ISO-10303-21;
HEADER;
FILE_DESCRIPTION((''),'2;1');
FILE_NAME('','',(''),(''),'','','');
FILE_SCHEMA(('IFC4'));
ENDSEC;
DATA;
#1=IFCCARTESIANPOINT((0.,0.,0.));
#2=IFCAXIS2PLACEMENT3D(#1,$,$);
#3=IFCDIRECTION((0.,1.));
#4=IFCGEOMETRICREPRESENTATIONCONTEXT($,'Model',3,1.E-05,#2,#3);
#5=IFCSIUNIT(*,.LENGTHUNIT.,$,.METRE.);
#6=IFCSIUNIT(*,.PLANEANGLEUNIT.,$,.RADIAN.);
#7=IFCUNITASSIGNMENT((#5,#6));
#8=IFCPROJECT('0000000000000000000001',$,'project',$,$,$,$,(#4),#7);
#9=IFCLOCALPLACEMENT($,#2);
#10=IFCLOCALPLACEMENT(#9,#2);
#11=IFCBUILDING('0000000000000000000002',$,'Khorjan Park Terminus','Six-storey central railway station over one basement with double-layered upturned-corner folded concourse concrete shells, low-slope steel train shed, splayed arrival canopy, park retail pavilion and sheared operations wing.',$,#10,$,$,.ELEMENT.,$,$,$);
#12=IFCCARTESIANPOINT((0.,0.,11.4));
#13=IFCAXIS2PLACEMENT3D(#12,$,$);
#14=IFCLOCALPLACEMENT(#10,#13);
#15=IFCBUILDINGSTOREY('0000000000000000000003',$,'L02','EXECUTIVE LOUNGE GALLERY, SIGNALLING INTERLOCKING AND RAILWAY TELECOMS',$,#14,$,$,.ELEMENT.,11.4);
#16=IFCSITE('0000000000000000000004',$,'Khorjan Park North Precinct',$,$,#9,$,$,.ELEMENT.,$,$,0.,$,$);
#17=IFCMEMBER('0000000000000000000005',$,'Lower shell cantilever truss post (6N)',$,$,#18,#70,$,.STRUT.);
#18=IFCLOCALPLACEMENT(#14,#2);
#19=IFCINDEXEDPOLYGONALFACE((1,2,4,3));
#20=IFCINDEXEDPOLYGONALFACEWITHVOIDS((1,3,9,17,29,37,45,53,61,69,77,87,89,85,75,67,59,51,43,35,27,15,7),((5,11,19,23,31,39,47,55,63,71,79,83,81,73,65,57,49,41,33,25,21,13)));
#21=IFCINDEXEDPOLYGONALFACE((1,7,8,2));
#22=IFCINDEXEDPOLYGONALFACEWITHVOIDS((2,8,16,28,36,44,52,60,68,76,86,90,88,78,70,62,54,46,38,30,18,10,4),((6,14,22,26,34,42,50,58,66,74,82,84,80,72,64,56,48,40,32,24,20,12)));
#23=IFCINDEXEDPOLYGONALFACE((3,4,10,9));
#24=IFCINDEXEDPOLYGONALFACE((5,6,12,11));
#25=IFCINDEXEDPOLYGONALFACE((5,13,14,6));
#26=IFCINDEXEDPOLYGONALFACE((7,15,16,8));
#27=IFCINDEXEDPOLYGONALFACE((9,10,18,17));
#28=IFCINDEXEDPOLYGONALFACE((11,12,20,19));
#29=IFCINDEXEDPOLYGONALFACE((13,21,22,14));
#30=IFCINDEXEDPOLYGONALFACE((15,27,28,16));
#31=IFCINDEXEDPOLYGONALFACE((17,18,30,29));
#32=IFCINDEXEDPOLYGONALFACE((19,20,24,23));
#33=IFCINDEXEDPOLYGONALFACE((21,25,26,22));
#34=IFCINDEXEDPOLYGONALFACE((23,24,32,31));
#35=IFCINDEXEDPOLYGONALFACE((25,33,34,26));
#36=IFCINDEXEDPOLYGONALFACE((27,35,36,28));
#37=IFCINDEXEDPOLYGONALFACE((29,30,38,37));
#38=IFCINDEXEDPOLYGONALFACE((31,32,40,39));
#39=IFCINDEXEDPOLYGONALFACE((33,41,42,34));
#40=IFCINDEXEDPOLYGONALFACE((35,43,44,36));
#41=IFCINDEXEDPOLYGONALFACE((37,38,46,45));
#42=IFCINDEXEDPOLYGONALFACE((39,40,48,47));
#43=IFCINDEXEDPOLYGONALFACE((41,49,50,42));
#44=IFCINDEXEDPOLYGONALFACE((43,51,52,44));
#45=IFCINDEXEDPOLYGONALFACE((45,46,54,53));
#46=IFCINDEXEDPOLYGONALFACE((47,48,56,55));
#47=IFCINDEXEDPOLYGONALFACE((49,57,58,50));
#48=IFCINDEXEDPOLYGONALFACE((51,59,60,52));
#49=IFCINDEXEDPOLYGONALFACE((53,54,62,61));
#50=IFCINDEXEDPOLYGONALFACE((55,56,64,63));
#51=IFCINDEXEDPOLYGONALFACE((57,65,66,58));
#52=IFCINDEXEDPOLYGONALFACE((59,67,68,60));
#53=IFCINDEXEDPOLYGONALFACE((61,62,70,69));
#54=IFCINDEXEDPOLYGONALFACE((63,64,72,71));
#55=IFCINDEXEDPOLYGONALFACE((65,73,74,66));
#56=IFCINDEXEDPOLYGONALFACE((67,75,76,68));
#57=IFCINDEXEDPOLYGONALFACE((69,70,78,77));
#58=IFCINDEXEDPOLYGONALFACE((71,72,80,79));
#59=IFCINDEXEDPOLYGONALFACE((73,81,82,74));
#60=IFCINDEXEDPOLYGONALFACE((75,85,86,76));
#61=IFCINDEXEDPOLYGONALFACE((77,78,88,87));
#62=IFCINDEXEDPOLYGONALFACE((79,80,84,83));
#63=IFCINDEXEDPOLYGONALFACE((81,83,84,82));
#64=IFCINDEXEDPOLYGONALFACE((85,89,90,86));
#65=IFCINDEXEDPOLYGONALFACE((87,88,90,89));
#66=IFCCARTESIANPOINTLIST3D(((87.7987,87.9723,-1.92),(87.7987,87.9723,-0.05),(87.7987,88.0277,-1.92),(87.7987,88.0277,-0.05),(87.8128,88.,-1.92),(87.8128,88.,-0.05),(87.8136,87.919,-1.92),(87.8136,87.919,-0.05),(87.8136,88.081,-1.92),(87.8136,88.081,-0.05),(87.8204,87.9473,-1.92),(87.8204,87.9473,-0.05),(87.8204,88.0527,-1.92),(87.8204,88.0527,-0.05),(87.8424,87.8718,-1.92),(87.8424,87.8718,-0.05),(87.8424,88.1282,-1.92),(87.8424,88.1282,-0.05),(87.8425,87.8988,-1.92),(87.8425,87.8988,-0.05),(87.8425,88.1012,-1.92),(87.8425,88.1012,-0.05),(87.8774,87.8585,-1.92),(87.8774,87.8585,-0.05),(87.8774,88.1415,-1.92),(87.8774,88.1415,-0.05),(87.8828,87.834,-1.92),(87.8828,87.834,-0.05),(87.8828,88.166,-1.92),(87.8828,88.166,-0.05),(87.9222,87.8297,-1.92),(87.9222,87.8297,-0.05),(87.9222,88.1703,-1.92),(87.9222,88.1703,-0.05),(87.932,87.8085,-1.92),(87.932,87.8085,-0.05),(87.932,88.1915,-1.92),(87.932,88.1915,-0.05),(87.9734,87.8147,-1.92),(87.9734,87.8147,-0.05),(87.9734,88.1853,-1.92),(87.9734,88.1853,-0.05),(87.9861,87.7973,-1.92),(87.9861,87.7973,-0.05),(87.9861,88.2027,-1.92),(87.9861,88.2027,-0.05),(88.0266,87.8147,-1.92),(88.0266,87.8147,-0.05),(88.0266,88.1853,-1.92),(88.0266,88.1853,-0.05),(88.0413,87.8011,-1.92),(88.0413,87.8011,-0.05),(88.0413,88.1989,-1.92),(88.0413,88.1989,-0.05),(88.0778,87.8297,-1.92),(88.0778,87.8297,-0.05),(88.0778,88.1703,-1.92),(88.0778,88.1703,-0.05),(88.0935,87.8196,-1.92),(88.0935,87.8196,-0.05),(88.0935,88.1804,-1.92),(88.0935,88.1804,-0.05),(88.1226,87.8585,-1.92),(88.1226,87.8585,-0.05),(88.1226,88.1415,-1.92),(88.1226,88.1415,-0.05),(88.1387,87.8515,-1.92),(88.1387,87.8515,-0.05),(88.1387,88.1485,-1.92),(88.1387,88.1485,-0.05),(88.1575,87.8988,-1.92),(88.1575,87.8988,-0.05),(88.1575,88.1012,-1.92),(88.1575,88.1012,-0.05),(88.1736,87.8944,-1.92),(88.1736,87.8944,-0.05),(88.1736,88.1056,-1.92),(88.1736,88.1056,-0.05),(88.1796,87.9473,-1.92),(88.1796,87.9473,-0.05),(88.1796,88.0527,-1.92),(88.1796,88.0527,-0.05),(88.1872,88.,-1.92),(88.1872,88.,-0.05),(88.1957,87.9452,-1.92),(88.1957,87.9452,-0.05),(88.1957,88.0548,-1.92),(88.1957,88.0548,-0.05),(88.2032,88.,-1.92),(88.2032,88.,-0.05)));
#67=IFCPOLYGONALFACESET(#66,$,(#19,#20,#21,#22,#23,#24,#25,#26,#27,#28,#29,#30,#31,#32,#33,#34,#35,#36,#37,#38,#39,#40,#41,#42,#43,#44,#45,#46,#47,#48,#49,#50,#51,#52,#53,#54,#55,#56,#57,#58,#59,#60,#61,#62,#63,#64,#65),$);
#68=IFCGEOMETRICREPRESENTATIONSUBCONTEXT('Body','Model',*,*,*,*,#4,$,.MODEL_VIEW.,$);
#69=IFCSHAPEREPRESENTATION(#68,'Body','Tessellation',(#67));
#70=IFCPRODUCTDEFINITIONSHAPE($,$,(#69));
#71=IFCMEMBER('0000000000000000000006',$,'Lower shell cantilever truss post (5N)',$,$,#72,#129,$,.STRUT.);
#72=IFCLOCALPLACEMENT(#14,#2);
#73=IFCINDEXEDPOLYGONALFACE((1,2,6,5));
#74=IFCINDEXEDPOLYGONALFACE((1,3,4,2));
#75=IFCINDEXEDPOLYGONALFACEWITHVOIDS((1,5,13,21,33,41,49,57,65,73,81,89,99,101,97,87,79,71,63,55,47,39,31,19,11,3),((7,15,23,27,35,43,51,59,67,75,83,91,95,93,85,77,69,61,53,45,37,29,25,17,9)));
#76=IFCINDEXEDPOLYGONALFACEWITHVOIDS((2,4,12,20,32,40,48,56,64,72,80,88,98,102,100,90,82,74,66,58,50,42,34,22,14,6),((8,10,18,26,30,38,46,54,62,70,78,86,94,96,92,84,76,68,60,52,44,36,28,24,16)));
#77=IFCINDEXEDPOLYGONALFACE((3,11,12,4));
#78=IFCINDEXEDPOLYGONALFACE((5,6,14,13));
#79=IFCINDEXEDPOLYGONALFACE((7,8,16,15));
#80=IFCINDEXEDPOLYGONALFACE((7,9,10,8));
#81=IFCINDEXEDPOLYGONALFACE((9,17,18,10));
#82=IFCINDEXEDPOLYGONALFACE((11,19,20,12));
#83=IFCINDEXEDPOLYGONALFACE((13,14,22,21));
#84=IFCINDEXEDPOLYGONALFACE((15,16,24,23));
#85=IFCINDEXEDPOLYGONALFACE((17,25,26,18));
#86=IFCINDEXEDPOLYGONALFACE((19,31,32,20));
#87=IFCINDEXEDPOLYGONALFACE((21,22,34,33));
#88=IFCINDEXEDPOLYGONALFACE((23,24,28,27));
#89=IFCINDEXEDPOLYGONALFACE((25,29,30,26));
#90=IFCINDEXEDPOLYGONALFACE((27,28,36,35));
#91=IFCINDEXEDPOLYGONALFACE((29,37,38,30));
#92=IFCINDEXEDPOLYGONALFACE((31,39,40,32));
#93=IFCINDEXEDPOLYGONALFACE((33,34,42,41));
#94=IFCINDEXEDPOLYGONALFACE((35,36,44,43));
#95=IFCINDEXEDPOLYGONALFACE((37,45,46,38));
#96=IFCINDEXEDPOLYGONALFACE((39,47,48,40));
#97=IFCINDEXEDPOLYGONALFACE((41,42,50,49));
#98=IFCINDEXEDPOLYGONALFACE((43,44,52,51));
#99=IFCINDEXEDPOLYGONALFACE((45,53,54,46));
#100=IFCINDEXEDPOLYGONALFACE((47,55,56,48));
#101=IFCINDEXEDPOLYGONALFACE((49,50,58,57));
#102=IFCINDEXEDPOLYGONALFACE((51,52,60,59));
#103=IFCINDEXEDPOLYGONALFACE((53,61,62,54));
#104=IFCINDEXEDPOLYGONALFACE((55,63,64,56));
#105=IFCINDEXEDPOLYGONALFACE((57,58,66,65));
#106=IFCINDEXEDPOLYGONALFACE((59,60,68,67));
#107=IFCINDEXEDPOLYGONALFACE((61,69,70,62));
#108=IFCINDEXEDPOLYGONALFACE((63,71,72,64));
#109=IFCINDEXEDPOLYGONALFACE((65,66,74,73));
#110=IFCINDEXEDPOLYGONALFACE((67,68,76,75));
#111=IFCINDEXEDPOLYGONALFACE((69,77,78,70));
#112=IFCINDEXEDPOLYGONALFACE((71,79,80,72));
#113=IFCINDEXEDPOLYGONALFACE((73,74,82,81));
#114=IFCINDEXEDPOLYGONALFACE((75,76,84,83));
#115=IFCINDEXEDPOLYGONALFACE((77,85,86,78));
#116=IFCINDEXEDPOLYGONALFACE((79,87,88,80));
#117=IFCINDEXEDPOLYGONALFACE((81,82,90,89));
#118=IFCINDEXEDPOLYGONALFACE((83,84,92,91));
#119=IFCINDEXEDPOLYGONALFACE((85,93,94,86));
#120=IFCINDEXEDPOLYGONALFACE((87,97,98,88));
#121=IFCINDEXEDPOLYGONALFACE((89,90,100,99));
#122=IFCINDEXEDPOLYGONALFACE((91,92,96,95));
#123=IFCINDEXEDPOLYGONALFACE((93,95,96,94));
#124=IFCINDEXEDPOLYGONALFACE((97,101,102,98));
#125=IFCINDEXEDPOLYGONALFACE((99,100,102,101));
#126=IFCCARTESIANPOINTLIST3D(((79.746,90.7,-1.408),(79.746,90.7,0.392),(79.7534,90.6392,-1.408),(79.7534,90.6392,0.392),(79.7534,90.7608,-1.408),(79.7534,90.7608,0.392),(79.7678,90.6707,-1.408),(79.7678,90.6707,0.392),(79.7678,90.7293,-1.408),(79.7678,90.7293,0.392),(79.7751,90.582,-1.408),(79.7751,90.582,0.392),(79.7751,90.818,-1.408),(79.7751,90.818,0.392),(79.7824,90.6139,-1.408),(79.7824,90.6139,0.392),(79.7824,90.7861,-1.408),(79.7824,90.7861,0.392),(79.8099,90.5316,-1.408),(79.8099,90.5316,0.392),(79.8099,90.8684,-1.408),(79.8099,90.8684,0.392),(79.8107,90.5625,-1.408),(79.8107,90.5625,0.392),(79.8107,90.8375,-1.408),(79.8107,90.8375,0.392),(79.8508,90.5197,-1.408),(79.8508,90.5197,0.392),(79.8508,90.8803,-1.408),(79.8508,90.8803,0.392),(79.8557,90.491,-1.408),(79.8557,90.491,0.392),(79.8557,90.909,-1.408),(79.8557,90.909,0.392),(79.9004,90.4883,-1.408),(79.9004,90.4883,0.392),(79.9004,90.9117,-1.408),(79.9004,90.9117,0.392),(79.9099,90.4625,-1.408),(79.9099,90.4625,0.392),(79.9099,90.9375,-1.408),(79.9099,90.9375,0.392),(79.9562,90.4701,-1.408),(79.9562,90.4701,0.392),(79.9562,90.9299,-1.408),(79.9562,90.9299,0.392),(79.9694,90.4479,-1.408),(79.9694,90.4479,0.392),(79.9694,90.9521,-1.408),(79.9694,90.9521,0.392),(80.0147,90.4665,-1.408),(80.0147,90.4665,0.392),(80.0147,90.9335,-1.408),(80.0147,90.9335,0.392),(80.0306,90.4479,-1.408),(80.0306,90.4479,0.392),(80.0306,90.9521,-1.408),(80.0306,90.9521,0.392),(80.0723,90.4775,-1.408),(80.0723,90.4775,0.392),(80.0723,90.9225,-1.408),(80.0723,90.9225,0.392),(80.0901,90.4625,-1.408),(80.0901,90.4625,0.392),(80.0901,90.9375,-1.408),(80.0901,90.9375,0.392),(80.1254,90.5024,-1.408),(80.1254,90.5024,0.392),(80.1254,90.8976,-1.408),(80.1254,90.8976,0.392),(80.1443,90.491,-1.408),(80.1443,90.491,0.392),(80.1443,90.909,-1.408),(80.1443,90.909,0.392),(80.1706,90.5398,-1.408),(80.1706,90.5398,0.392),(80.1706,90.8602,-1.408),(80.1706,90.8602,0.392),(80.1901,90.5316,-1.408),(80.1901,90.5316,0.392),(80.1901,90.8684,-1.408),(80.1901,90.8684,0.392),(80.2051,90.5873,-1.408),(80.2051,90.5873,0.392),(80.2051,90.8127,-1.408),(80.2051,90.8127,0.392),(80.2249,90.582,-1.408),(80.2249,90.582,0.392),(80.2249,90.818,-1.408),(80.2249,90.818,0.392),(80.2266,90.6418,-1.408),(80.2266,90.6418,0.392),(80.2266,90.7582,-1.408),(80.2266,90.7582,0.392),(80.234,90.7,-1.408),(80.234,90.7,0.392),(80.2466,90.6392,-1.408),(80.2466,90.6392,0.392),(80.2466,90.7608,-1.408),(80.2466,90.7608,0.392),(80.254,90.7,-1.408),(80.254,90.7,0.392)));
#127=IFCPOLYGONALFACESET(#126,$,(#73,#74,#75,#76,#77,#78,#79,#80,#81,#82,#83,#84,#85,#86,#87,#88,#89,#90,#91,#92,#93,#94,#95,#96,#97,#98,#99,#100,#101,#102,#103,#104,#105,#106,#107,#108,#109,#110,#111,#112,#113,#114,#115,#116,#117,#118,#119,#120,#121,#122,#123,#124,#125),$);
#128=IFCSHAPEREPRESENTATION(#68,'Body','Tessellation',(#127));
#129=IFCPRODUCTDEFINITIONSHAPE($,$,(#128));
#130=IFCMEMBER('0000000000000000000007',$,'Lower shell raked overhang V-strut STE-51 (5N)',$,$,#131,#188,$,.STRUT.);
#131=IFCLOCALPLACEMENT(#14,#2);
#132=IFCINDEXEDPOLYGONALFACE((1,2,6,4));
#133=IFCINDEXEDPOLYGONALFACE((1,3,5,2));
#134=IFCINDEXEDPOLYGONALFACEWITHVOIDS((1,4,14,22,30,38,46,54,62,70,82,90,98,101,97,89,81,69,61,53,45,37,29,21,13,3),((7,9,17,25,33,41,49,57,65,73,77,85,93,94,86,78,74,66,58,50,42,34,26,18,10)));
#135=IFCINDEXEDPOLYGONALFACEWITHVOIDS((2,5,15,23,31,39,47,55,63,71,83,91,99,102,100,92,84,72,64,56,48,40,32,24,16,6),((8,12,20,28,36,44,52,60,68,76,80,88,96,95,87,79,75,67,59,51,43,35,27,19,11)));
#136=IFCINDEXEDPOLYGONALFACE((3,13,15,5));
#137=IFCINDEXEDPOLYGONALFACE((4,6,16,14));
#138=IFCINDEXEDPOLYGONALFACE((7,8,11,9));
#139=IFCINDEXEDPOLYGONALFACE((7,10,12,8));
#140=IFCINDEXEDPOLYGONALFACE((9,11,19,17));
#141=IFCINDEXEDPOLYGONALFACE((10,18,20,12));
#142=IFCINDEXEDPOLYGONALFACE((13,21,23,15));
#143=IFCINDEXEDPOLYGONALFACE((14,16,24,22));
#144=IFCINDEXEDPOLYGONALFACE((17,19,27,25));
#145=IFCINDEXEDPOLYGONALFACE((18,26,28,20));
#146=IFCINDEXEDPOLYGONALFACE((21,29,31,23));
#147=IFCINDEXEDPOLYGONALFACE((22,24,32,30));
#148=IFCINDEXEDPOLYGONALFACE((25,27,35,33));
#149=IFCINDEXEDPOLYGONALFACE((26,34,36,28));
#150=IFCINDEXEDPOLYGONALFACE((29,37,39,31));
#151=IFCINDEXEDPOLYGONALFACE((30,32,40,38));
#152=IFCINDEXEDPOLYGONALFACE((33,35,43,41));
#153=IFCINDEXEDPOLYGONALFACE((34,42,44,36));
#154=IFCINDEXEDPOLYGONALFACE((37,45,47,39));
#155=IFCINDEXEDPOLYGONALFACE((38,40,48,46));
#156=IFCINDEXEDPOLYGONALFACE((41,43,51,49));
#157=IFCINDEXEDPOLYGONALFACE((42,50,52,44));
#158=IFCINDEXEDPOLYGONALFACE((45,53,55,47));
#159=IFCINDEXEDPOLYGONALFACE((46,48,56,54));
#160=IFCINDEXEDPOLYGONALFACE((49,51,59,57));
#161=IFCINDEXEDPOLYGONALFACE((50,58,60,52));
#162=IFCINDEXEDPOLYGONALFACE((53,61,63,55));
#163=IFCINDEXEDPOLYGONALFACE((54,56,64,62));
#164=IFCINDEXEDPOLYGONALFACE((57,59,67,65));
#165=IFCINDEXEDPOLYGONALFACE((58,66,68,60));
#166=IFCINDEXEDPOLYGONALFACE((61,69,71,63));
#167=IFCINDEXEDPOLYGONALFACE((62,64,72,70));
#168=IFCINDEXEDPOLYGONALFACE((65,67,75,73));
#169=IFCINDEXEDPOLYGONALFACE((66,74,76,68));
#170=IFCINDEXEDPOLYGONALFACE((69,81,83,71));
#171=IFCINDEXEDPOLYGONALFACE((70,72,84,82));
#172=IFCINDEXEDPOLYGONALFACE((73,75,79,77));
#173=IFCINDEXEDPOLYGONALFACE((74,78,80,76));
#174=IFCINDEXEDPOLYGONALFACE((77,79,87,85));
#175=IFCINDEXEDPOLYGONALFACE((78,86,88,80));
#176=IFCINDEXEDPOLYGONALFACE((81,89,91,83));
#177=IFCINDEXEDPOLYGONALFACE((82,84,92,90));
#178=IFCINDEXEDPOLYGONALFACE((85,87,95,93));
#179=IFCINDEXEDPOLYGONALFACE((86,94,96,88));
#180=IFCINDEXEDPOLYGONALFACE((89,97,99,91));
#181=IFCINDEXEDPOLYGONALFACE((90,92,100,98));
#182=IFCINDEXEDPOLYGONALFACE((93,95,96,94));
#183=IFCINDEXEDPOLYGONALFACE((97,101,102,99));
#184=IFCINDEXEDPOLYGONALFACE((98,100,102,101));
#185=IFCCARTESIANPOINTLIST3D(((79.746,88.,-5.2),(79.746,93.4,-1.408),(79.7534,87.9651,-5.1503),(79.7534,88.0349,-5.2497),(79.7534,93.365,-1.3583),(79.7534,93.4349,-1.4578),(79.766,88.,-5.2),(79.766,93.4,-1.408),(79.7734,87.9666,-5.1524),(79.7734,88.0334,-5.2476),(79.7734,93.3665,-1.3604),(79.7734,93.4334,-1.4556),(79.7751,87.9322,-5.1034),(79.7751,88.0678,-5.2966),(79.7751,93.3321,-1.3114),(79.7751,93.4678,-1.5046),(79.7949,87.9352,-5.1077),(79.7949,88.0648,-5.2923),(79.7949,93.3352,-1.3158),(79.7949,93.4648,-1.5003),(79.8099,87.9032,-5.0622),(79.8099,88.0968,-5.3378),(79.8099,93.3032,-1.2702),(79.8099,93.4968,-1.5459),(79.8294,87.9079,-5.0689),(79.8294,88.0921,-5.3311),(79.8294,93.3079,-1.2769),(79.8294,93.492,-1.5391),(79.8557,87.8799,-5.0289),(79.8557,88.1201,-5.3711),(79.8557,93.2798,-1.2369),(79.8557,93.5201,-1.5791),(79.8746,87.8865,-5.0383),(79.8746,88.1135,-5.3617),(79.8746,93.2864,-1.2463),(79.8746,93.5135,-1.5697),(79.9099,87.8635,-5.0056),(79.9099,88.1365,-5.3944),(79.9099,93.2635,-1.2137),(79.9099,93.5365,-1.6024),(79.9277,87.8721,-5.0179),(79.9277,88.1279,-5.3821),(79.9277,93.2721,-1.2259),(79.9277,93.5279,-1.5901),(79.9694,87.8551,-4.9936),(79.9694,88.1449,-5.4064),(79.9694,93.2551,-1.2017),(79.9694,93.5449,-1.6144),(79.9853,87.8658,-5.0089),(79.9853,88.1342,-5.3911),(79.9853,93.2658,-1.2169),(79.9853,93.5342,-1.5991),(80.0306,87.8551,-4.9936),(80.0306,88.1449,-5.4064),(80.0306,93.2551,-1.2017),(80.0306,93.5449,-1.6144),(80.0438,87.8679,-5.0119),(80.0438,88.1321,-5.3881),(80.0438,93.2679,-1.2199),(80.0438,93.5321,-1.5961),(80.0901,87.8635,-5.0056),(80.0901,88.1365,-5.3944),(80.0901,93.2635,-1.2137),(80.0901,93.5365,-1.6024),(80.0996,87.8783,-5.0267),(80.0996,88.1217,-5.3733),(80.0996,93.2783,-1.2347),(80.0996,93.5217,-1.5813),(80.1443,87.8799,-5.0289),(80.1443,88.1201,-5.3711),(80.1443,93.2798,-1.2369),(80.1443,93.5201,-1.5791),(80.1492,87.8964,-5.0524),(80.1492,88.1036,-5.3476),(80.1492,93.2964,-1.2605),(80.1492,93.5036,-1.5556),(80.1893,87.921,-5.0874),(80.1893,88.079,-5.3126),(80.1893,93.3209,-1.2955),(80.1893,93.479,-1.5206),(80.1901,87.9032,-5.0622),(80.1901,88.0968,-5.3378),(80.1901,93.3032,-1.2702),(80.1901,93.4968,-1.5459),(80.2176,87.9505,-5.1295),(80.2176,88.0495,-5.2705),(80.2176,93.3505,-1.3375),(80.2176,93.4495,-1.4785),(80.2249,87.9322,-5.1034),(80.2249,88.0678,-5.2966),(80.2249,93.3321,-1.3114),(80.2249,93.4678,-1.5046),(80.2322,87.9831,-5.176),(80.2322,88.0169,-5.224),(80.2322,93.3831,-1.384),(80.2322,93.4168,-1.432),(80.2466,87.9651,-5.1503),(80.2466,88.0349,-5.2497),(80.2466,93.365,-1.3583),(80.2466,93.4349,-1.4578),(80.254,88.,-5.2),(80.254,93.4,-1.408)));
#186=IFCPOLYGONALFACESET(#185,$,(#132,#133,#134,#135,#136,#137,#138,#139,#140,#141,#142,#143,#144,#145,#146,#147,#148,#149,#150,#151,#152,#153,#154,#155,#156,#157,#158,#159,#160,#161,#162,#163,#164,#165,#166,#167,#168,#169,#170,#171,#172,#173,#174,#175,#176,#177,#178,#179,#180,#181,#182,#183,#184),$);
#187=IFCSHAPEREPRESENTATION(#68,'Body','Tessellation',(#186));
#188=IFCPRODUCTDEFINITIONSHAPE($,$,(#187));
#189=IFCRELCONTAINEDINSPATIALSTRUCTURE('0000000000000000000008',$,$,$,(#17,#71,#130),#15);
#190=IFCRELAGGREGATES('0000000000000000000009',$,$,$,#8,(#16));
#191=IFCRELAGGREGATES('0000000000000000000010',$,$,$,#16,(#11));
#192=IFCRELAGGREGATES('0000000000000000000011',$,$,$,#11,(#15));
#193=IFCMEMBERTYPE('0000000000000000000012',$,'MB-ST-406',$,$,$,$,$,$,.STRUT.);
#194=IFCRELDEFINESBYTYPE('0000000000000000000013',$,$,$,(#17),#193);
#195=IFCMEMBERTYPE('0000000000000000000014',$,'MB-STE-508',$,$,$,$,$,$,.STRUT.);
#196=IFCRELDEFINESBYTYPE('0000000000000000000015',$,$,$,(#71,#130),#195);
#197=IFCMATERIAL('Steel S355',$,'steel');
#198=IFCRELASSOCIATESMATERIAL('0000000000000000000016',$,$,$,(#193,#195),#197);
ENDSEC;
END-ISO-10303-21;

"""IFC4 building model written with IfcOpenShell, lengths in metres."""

from ifc_helpers import new_model, si_unit, direction, frame, origin, origin_2d, place, context, subcontext, project, spatial, hollow_circle, extrude, material, material_profile, profile_set, type_object, element, save


model = new_model("IFC4")

# Units and contexts
model_context = context("Model", 3, precision=1e-05, world=origin(), true_north=direction((0.0, 1.0)))
body_context = subcontext(model_context, "Body", "Model", "MODEL_VIEW")
ifc_project = project(units=[si_unit("LENGTHUNIT", "METRE"), si_unit("PLANEANGLEUNIT", "RADIAN")], contexts=[model_context])

# Site, building, storey
site_placement = place(None, origin())
site = spatial("IfcSite", under=ifc_project, at=site_placement, Name="Khorjan Park North Precinct", CompositionType="ELEMENT", RefElevation=0.0)
building_placement = place(site_placement, origin())
building = spatial("IfcBuilding", under=site, at=building_placement, Name="Khorjan Park Terminus", Description="Six-storey central railway station over one basement with double-layered upturned-corner folded concourse concrete shells, low-slope steel train shed, splayed arrival canopy, park retail pavilion and sheared operations wing.", CompositionType="ELEMENT")
storey_placement = place(building_placement, frame((0.0, 0.0, 11.4)))
storey = spatial("IfcBuildingStorey", under=building, at=storey_placement, Name="L02", Description="EXECUTIVE LOUNGE GALLERY, SIGNALLING INTERLOCKING AND RAILWAY TELECOMS", CompositionType="ELEMENT", Elevation=11.4)

# Members
ifc_material_1 = material(Name="Steel S355", Category="steel")
ifc_material_profile_1 = material_profile(ifc_material_1, hollow_circle(Radius=0.2032, WallThickness=0.016, at=origin_2d()), Name="CHS 406.4x16")
ifc_profile_set_1 = profile_set([ifc_material_profile_1], Name="Steel S355")
member_type_1 = type_object("IfcMemberType", Name="MB-ST-406", PredefinedType="STRUT", material=ifc_profile_set_1)
for number, where, z_axis, x_axis, name in (
    (1, (88.0, 88.0, -1.92), (0.0, 0.0, 1.0), (1.0, 0.0, 0.0), "Lower shell cantilever truss post (6N)"),
):
    element("IfcMember", number, at=place(storey_placement, frame(where, z_axis=z_axis, x_axis=x_axis)), inside=storey, type_object=member_type_1, Name=name, PredefinedType="STRUT", context=body_context, shape_type="SweptSolid", body=[
        extrude(hollow_circle(Radius=0.2032, WallThickness=0.016, at=origin_2d()), origin(), (0.0, 0.0, 1.0), 1.87),
    ])
ifc_material_profile_2 = material_profile(ifc_material_1, hollow_circle(Radius=0.254, WallThickness=0.02, at=origin_2d()), Name="CHS 508x20")
ifc_profile_set_2 = profile_set([ifc_material_profile_2], Name="Steel S355")
member_type_2 = type_object("IfcMemberType", Name="MB-STE-508", PredefinedType="STRUT", material=ifc_profile_set_2)
member_1_placement = place(storey_placement, frame((80.0, 90.7, -1.408), z_axis=(0.0, 0.0, 1.0), x_axis=(1.0, 0.0, 0.0)))
element("IfcMember", 2, at=member_1_placement, inside=storey, type_object=member_type_2, Name="Lower shell cantilever truss post (5N)", PredefinedType="STRUT", context=body_context, shape_type="SweptSolid", body=[
    extrude(hollow_circle(Radius=0.254, WallThickness=0.02, at=origin_2d()), origin(), (0.0, 0.0, 1.0), 1.8),
])
member_2_placement = place(storey_placement, frame((80.0, 88.0, -5.2), z_axis=(0.0, 0.818377, 0.574682), x_axis=(-1.0, 0.0, 0.0)))
element("IfcMember", 3, at=member_2_placement, inside=storey, type_object=member_type_2, Name="Lower shell raked overhang V-strut STE-51 (5N)", PredefinedType="STRUT", context=body_context, shape_type="SweptSolid", body=[
    extrude(hollow_circle(Radius=0.254, WallThickness=0.02, at=origin_2d()), origin(), (0.0, 0.0, 1.0), 6.5984),
])

save(model, "model.ifc")
